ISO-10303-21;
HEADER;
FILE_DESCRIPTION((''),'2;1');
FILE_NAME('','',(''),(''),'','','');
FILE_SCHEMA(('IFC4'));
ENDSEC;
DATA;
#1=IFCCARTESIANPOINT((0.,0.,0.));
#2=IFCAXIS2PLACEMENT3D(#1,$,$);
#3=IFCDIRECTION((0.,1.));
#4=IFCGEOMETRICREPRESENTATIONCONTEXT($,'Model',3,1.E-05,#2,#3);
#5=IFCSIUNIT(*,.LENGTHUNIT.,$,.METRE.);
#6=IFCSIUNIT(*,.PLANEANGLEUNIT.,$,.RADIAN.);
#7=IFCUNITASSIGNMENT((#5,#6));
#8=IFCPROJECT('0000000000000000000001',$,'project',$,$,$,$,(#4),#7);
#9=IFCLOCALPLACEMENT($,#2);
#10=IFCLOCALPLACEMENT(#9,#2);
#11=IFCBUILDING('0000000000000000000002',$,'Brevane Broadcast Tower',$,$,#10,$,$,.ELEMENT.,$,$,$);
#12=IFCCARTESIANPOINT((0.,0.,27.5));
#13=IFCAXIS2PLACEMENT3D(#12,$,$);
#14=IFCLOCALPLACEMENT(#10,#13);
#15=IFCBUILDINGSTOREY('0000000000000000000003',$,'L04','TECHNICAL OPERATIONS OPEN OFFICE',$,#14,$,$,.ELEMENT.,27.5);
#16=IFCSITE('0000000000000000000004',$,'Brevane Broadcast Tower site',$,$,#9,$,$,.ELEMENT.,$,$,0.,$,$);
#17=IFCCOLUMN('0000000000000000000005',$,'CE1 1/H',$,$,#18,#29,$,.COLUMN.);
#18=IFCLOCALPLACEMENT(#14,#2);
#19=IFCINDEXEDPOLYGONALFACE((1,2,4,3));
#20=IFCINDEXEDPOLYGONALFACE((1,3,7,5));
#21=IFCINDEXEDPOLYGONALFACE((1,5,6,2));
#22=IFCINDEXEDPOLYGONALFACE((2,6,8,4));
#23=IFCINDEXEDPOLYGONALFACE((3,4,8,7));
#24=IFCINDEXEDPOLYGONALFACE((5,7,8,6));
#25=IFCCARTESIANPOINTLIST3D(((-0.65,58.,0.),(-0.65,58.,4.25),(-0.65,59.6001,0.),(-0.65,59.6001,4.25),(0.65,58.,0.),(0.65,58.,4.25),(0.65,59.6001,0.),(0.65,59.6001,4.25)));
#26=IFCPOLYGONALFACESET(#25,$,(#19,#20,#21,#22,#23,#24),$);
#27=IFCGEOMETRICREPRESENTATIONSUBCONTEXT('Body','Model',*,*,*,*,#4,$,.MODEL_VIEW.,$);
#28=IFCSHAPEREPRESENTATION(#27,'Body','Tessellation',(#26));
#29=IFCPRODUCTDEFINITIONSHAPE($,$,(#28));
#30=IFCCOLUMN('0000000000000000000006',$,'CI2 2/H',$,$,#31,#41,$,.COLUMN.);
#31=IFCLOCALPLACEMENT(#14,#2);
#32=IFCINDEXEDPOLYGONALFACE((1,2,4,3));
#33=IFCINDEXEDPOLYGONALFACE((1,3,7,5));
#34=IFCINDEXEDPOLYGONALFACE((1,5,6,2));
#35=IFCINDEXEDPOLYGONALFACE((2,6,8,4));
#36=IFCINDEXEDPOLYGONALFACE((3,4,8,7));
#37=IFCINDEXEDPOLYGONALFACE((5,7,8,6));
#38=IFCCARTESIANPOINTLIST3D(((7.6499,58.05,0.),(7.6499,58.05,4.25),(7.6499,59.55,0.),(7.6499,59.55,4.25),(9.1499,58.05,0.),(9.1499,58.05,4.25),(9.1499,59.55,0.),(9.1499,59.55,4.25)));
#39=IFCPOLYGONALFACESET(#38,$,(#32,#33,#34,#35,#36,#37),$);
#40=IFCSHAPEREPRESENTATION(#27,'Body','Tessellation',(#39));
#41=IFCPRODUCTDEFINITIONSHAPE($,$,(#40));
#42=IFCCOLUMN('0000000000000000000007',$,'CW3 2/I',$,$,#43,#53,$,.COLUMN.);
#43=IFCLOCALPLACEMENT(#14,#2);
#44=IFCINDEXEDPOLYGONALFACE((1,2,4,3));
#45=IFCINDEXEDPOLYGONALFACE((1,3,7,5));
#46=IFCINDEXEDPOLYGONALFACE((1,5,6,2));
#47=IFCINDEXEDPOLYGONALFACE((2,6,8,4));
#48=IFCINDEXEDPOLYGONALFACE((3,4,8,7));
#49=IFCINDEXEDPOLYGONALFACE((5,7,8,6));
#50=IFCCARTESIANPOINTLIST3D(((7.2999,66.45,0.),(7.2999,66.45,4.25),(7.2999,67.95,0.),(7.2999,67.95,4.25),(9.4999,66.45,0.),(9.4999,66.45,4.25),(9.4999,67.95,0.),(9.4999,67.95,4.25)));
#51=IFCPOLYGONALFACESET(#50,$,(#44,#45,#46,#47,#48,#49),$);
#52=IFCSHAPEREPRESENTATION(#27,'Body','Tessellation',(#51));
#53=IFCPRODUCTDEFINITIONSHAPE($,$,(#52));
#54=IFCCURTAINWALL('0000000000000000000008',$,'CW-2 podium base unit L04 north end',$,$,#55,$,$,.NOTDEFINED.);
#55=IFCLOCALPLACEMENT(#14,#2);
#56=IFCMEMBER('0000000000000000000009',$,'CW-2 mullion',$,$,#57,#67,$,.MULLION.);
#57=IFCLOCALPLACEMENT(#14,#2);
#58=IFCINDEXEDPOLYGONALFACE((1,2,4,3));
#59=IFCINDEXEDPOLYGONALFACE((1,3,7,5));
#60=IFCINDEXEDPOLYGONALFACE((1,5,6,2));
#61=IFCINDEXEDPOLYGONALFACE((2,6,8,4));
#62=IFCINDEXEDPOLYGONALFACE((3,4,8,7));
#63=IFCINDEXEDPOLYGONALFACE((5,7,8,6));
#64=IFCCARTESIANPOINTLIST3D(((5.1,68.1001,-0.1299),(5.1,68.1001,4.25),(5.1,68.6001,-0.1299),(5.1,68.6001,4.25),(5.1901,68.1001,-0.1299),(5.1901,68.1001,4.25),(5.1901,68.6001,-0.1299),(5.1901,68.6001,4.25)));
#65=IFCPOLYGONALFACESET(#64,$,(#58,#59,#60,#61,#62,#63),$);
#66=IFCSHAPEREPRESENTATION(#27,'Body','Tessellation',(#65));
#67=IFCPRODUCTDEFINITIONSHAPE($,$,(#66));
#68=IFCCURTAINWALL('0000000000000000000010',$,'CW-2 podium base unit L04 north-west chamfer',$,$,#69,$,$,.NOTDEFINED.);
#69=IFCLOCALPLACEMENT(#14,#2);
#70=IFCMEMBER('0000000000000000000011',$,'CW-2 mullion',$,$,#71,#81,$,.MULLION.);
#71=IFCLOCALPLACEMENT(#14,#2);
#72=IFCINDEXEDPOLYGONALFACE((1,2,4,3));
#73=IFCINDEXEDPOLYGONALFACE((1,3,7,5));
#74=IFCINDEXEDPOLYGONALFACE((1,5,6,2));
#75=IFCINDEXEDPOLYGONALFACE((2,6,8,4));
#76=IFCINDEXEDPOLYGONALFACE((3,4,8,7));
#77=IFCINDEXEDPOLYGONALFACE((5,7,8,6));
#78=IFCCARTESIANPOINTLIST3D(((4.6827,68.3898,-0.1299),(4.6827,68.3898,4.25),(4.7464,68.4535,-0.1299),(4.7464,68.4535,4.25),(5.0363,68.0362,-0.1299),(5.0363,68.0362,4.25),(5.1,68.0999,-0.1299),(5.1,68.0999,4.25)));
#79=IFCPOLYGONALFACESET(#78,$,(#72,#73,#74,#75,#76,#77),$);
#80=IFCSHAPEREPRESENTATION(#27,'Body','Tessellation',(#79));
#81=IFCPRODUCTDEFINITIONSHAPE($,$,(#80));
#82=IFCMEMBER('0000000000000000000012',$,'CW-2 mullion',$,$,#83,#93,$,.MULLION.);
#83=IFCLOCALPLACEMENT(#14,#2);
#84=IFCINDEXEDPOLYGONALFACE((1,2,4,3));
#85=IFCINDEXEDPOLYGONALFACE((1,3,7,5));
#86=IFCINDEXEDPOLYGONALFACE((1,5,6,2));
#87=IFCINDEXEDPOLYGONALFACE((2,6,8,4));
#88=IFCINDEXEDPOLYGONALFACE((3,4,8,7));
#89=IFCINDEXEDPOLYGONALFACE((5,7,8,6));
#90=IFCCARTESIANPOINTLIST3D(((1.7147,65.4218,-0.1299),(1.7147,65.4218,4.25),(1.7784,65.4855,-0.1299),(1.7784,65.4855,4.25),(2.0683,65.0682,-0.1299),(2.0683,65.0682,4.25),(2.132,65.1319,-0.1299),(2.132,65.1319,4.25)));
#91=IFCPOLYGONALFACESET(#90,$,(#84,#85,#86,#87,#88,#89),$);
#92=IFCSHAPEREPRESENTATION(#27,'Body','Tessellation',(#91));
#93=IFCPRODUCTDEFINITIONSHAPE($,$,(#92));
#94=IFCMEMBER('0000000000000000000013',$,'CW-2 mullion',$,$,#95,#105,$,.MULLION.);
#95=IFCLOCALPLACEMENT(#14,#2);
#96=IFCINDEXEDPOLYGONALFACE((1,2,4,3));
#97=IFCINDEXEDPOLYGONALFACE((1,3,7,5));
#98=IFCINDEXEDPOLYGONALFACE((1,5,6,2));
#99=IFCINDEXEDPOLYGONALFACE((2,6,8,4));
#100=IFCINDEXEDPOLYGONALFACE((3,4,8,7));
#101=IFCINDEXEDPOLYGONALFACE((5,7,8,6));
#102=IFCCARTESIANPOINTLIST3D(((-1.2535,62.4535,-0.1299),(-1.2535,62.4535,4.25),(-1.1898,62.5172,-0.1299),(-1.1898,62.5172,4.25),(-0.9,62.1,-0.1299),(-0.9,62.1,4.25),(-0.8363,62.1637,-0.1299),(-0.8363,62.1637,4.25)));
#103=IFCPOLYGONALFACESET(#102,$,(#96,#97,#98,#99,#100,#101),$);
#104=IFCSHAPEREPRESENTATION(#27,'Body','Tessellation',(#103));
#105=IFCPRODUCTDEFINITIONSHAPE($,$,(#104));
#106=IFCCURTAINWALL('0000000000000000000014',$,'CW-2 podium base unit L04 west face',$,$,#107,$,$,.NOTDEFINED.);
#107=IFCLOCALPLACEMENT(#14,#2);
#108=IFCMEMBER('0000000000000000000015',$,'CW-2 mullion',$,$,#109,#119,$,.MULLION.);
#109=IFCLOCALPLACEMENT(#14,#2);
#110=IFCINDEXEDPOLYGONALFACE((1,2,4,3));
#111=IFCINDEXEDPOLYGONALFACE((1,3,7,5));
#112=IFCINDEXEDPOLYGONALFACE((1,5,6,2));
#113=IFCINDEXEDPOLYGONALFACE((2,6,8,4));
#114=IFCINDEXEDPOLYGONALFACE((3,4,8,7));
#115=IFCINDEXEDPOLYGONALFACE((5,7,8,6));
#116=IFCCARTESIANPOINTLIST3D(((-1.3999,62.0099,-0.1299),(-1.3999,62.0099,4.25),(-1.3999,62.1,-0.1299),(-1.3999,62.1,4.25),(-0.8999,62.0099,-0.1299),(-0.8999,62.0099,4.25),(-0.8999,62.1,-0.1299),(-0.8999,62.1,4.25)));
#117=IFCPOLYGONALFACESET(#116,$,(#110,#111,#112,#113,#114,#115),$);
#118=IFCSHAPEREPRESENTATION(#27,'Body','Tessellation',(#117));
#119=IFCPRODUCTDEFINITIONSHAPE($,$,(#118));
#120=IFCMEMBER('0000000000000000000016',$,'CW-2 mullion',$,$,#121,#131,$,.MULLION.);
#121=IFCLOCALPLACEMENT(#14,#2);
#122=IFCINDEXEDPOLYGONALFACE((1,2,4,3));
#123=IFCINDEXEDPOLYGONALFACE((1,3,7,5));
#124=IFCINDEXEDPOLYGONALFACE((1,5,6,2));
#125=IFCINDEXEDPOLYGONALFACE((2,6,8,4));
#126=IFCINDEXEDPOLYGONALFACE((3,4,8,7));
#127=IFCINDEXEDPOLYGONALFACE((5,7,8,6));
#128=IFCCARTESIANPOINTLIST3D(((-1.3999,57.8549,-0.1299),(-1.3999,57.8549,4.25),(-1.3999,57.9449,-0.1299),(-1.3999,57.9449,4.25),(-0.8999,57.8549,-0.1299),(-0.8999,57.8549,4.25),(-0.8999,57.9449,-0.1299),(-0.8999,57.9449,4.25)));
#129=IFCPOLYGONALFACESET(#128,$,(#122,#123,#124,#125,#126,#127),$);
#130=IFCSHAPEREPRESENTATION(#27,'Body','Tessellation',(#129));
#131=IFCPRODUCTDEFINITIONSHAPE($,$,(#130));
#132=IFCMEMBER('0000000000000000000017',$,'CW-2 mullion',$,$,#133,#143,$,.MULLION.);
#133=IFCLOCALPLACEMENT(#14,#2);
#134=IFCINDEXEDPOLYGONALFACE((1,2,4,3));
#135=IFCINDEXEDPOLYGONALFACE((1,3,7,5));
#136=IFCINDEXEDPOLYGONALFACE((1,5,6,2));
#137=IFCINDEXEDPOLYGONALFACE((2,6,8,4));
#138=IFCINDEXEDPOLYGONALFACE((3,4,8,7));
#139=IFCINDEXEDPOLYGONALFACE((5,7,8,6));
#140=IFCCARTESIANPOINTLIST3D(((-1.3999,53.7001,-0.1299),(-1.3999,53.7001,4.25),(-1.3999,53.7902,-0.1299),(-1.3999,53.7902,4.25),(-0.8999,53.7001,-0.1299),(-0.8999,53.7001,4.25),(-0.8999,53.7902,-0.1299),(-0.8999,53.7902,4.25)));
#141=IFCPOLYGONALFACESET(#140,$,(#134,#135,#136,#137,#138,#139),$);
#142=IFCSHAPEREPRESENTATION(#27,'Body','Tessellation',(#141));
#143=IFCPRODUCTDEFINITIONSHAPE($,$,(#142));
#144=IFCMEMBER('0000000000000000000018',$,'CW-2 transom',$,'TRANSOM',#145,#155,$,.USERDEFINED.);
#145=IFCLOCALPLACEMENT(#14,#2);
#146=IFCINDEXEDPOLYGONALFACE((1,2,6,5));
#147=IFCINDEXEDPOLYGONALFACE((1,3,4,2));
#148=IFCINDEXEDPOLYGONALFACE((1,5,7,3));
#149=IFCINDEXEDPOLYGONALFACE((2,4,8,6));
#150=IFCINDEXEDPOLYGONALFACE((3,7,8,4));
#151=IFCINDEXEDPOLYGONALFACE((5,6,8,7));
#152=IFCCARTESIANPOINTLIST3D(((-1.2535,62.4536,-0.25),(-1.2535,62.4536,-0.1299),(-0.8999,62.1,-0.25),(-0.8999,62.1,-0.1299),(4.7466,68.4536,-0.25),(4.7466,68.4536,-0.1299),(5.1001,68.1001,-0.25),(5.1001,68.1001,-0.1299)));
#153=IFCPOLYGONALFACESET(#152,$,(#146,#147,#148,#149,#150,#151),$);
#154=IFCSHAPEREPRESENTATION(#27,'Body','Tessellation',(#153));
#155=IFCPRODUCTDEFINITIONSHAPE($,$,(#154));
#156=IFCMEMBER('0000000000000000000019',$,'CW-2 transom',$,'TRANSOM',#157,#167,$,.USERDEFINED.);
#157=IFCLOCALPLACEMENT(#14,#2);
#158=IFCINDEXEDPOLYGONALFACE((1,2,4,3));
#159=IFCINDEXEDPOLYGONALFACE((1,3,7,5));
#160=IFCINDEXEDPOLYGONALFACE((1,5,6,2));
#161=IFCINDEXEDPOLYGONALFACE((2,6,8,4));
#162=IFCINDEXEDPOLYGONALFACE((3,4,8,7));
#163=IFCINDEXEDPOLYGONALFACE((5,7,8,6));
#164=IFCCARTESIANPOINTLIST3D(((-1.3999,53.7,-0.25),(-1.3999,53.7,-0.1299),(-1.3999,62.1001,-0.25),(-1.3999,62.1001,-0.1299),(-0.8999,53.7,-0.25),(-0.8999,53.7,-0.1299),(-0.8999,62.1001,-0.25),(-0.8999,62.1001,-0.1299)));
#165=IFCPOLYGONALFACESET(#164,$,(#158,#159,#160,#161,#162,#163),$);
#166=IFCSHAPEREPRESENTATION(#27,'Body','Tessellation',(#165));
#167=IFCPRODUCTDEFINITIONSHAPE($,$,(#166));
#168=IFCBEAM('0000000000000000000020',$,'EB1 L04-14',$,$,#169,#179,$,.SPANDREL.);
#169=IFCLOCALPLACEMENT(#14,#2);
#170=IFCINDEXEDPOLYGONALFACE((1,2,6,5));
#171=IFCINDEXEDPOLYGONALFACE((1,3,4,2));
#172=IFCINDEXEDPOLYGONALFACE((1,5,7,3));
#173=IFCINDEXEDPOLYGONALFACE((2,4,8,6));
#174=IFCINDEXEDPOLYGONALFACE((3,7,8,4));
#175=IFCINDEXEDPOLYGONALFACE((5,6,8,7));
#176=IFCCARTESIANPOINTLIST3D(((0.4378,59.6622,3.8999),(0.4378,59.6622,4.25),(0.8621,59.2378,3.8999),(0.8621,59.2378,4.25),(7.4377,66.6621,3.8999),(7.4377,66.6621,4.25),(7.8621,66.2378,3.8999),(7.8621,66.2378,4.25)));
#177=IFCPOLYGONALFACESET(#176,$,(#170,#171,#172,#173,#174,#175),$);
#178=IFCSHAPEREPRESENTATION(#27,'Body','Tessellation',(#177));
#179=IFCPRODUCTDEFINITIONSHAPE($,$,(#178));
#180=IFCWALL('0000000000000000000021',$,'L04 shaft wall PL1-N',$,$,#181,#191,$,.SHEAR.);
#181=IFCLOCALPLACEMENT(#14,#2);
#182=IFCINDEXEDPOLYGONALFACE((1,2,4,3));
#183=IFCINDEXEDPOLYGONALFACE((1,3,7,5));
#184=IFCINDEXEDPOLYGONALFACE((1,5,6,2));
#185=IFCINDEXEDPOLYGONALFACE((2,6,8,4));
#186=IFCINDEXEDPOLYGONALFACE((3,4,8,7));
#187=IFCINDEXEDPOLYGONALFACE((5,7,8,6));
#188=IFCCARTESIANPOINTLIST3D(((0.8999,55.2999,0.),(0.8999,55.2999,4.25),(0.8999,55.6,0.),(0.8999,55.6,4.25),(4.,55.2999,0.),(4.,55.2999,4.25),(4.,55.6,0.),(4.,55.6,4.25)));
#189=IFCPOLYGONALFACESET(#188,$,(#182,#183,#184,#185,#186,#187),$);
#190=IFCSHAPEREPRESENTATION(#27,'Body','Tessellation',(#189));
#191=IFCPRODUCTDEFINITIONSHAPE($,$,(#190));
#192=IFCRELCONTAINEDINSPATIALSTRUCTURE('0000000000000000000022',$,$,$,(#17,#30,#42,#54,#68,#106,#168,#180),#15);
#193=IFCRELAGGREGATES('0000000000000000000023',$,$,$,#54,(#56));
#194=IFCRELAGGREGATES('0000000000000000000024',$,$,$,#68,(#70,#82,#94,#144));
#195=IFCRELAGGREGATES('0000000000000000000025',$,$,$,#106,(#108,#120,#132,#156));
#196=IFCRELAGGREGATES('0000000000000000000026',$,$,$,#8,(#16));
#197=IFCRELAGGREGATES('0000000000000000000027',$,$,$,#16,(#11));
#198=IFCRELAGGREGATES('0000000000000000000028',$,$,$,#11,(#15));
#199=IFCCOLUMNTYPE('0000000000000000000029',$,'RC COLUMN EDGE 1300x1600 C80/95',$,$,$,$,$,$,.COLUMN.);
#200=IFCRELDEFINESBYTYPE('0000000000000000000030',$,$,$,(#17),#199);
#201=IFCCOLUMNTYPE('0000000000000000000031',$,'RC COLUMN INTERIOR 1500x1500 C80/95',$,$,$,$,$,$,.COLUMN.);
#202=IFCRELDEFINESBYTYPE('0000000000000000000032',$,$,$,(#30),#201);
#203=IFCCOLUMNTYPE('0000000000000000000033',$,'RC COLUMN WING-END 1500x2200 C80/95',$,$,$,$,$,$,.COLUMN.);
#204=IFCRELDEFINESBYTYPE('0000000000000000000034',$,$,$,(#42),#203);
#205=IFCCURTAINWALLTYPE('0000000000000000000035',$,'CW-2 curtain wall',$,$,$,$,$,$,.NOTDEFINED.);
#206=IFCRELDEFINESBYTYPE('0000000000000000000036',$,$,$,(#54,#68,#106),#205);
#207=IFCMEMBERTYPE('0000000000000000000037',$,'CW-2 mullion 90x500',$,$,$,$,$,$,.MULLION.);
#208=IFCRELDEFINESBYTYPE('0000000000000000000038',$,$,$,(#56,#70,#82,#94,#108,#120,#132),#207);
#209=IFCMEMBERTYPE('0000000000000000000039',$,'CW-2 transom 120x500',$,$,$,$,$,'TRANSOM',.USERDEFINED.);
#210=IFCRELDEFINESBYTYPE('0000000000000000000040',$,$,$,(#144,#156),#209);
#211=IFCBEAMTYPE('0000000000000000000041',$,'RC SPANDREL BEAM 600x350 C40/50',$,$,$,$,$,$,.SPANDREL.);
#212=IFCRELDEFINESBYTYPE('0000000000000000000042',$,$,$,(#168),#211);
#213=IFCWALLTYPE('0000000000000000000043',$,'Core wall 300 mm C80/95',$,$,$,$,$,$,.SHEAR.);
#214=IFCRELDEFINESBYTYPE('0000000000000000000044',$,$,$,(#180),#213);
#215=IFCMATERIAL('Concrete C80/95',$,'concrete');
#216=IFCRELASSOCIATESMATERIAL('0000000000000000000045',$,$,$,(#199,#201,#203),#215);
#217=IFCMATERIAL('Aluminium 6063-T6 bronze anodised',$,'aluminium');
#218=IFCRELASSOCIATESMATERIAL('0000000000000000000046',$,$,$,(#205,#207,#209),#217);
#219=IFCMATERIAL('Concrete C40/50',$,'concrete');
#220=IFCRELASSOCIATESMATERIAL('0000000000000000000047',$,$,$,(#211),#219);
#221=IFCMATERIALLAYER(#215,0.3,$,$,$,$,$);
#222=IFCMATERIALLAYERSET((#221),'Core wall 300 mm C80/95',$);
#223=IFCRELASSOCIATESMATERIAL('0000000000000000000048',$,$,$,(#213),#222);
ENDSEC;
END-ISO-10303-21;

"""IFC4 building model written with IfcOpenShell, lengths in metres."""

from ifc_helpers import new_model, si_unit, direction, frame, frame_2d, origin, origin_2d, place, context, subcontext, project, spatial, rectangle, extrude, material, layer, layer_set, material_profile, profile_set, type_object, element, aggregate, save


model = new_model("IFC4")

# Units and contexts
model_context = context("Model", 3, precision=1e-05, world=origin(), true_north=direction((0.0, 1.0)))
body_context = subcontext(model_context, "Body", "Model", "MODEL_VIEW")
ifc_project = project(units=[si_unit("LENGTHUNIT", "METRE"), si_unit("PLANEANGLEUNIT", "RADIAN")], contexts=[model_context])

# Site, building, storey
site_placement = place(None, origin())
site = spatial("IfcSite", under=ifc_project, at=site_placement, Name="Brevane Broadcast Tower site", CompositionType="ELEMENT", RefElevation=0.0)
building_placement = place(site_placement, origin())
building = spatial("IfcBuilding", under=site, at=building_placement, Name="Brevane Broadcast Tower", CompositionType="ELEMENT")
storey_placement = place(building_placement, frame((0.0, 0.0, 27.5)))
storey = spatial("IfcBuildingStorey", under=building, at=storey_placement, Name="L04", Description="TECHNICAL OPERATIONS OPEN OFFICE", CompositionType="ELEMENT", Elevation=27.5)

# Columns
ifc_material_1 = material(Name="Concrete C80/95", Category="concrete")
ifc_material_profile_1 = material_profile(ifc_material_1, rectangle(XDim=1.3, YDim=1.6001, at=origin_2d()), Name="RC 1300x1600")
ifc_profile_set_1 = profile_set([ifc_material_profile_1], Name="Concrete C80/95")
column_type_1 = type_object("IfcColumnType", Name="RC COLUMN EDGE 1300x1600 C80/95", PredefinedType="COLUMN", material=ifc_profile_set_1)
column_1_placement = place(storey_placement, frame((0.0, 58.8, 0.0), z_axis=(0.0, 0.0, 1.0), x_axis=(1.0, 0.0, 0.0)))
element("IfcColumn", 1, at=column_1_placement, inside=storey, type_object=column_type_1, Name="CE1 1/H", PredefinedType="COLUMN", context=body_context, shape_type="SweptSolid", body=[
    extrude(rectangle(XDim=1.3, YDim=1.6001, at=origin_2d()), origin(), (0.0, 0.0, 1.0), 4.25),
])
ifc_material_profile_2 = material_profile(ifc_material_1, rectangle(XDim=1.5, YDim=1.5, at=origin_2d()), Name="RC 1500x1500")
ifc_profile_set_2 = profile_set([ifc_material_profile_2], Name="Concrete C80/95")
column_type_2 = type_object("IfcColumnType", Name="RC COLUMN INTERIOR 1500x1500 C80/95", PredefinedType="COLUMN", material=ifc_profile_set_2)
column_2_placement = place(storey_placement, frame((8.3999, 58.8, 0.0), z_axis=(0.0, 0.0, 1.0), x_axis=(1.0, 0.0, 0.0)))
element("IfcColumn", 2, at=column_2_placement, inside=storey, type_object=column_type_2, Name="CI2 2/H", PredefinedType="COLUMN", context=body_context, shape_type="SweptSolid", body=[
    extrude(rectangle(XDim=1.5, YDim=1.5, at=origin_2d()), origin(), (0.0, 0.0, 1.0), 4.25),
])
ifc_material_profile_3 = material_profile(ifc_material_1, rectangle(XDim=1.5, YDim=2.2, at=origin_2d()), Name="RC 1500x2200")
ifc_profile_set_3 = profile_set([ifc_material_profile_3], Name="Concrete C80/95")
column_type_3 = type_object("IfcColumnType", Name="RC COLUMN WING-END 1500x2200 C80/95", PredefinedType="COLUMN", material=ifc_profile_set_3)
column_3_placement = place(storey_placement, frame((8.3999, 67.2, 0.0), z_axis=(0.0, 0.0, 1.0), x_axis=(0.0, 1.0, 0.0)))
element("IfcColumn", 3, at=column_3_placement, inside=storey, type_object=column_type_3, Name="CW3 2/I", PredefinedType="COLUMN", context=body_context, shape_type="SweptSolid", body=[
    extrude(rectangle(XDim=1.5, YDim=2.2, at=origin_2d()), origin(), (0.0, 0.0, 1.0), 4.25),
])

# Curtain wall, member
ifc_material_2 = material(Name="Aluminium 6063-T6 bronze anodised", Category="aluminium")
curtain_wall_type = type_object("IfcCurtainWallType", Name="CW-2 curtain wall", PredefinedType="NOTDEFINED", material=ifc_material_2)
curtain_wall_1_placement = place(storey_placement, origin())
curtain_wall_1 = element("IfcCurtainWall", 4, at=curtain_wall_1_placement, inside=storey, type_object=curtain_wall_type, Name="CW-2 podium base unit L04 north end", PredefinedType="NOTDEFINED")
ifc_material_profile_4 = material_profile(ifc_material_2, rectangle(XDim=0.5, YDim=0.0901, at=origin_2d()), Name="RECT 90x500")
ifc_profile_set_4 = profile_set([ifc_material_profile_4], Name="Aluminium 6063-T6 bronze anodised")
member_type_1 = type_object("IfcMemberType", Name="CW-2 mullion 90x500", PredefinedType="MULLION", material=ifc_profile_set_4)
member_1_placement = place(storey_placement, frame((5.145, 68.3501, -0.1299), z_axis=(0.0, 0.0, 1.0), x_axis=(0.0, -1.0, 0.0)))
member_1 = element("IfcMember", 5, at=member_1_placement, type_object=member_type_1, Name="CW-2 mullion", PredefinedType="MULLION", context=body_context, shape_type="SweptSolid", body=[
    extrude(rectangle(XDim=0.5, YDim=0.0901, at=origin_2d()), origin(), (0.0, 0.0, 1.0), 4.3799),
])
aggregate(curtain_wall_1, [member_1])

# Curtain walls, members
curtain_wall_2_placement = place(storey_placement, origin())
curtain_wall_2 = element("IfcCurtainWall", 6, at=curtain_wall_2_placement, inside=storey, type_object=curtain_wall_type, Name="CW-2 podium base unit L04 north-west chamfer", PredefinedType="NOTDEFINED")
member_2_placement = place(storey_placement, frame((4.8914, 68.2449, -0.1299), z_axis=(0.0, 0.0, 1.0), x_axis=(0.707107, -0.707107, 0.0)))
member_2 = element("IfcMember", 7, at=member_2_placement, type_object=member_type_1, Name="CW-2 mullion", PredefinedType="MULLION", context=body_context, shape_type="SweptSolid", body=[
    extrude(rectangle(XDim=0.5, YDim=0.0901, at=origin_2d()), origin(), (0.0, 0.0, 1.0), 4.3799),
])
member_3_placement = place(storey_placement, frame((1.9233, 65.2769, -0.1299), z_axis=(0.0, 0.0, 1.0), x_axis=(0.707107, -0.707107, 0.0)))
member_3 = element("IfcMember", 8, at=member_3_placement, type_object=member_type_1, Name="CW-2 mullion", PredefinedType="MULLION", context=body_context, shape_type="SweptSolid", body=[
    extrude(rectangle(XDim=0.5, YDim=0.0901, at=origin_2d()), origin(), (0.0, 0.0, 1.0), 4.3799),
])
member_4_placement = place(storey_placement, frame((-1.0449, 62.3086, -0.1299), z_axis=(0.0, 0.0, 1.0), x_axis=(0.707107, -0.707107, 0.0)))
member_4 = element("IfcMember", 9, at=member_4_placement, type_object=member_type_1, Name="CW-2 mullion", PredefinedType="MULLION", context=body_context, shape_type="SweptSolid", body=[
    extrude(rectangle(XDim=0.5, YDim=0.0901, at=origin_2d()), origin(), (0.0, 0.0, 1.0), 4.3799),
])
curtain_wall_3_placement = place(storey_placement, origin())
curtain_wall_3 = element("IfcCurtainWall", 10, at=curtain_wall_3_placement, inside=storey, type_object=curtain_wall_type, Name="CW-2 podium base unit L04 west face", PredefinedType="NOTDEFINED")
member_5_placement = place(storey_placement, frame((-1.1499, 62.0549, -0.1299), z_axis=(0.0, 0.0, 1.0), x_axis=(1.0, 0.0, 0.0)))
member_5 = element("IfcMember", 11, at=member_5_placement, type_object=member_type_1, Name="CW-2 mullion", PredefinedType="MULLION", context=body_context, shape_type="SweptSolid", body=[
    extrude(rectangle(XDim=0.5, YDim=0.0901, at=origin_2d()), origin(), (0.0, 0.0, 1.0), 4.3799),
])
member_6_placement = place(storey_placement, frame((-1.1499, 57.8999, -0.1299), z_axis=(0.0, 0.0, 1.0), x_axis=(1.0, 0.0, 0.0)))
member_6 = element("IfcMember", 12, at=member_6_placement, type_object=member_type_1, Name="CW-2 mullion", PredefinedType="MULLION", context=body_context, shape_type="SweptSolid", body=[
    extrude(rectangle(XDim=0.5, YDim=0.0901, at=origin_2d()), origin(), (0.0, 0.0, 1.0), 4.3799),
])
member_7_placement = place(storey_placement, frame((-1.1499, 53.7451, -0.1299), z_axis=(0.0, 0.0, 1.0), x_axis=(1.0, 0.0, 0.0)))
member_7 = element("IfcMember", 13, at=member_7_placement, type_object=member_type_1, Name="CW-2 mullion", PredefinedType="MULLION", context=body_context, shape_type="SweptSolid", body=[
    extrude(rectangle(XDim=0.5, YDim=0.0901, at=origin_2d()), origin(), (0.0, 0.0, 1.0), 4.3799),
])

# Members
ifc_material_profile_5 = material_profile(ifc_material_2, rectangle(XDim=0.5, YDim=0.1201, at=origin_2d()), Name="RECT 120x500")
ifc_profile_set_5 = profile_set([ifc_material_profile_5], Name="Aluminium 6063-T6 bronze anodised")
member_type_2 = type_object("IfcMemberType", Name="CW-2 transom 120x500", ElementType="TRANSOM", PredefinedType="USERDEFINED", material=ifc_profile_set_5)
member_8_placement = place(storey_placement, frame((4.9233, 68.2769, -0.1899), z_axis=(-0.707107, -0.707107, 0.0), x_axis=(0.707107, -0.707107, 0.0)))
member_8 = element("IfcMember", 14, at=member_8_placement, type_object=member_type_2, Name="CW-2 transom", ObjectType="TRANSOM", PredefinedType="USERDEFINED", context=body_context, shape_type="SweptSolid", body=[
    extrude(rectangle(XDim=0.5, YDim=0.1201, at=origin_2d()), origin(), (0.0, 0.0, 1.0), 8.4854),
])
aggregate(curtain_wall_2, [member_2, member_3, member_4, member_8])
member_9_placement = place(storey_placement, frame((-1.1499, 62.1001, -0.1899), z_axis=(0.0, -1.0, 0.0), x_axis=(1.0, 0.0, 0.0)))
member_9 = element("IfcMember", 15, at=member_9_placement, type_object=member_type_2, Name="CW-2 transom", ObjectType="TRANSOM", PredefinedType="USERDEFINED", context=body_context, shape_type="SweptSolid", body=[
    extrude(rectangle(XDim=0.5, YDim=0.1201, at=origin_2d()), origin(), (0.0, 0.0, 1.0), 8.4001),
])
aggregate(curtain_wall_3, [member_5, member_6, member_7, member_9])

# Beam
ifc_material_3 = material(Name="Concrete C40/50", Category="concrete")
ifc_material_profile_6 = material_profile(ifc_material_3, rectangle(XDim=0.6001, YDim=0.3501, at=origin_2d()), Name="RC 600x350")
ifc_profile_set_6 = profile_set([ifc_material_profile_6], Name="Concrete C40/50")
beam_type = type_object("IfcBeamType", Name="RC SPANDREL BEAM 600x350 C40/50", PredefinedType="SPANDREL", material=ifc_profile_set_6)
beam_placement = place(storey_placement, frame((7.6499, 66.45, 4.075), z_axis=(-0.707107, -0.707107, 0.0), x_axis=(0.707107, -0.707107, 0.0)))
element("IfcBeam", 16, at=beam_placement, inside=storey, type_object=beam_type, Name="EB1 L04-14", PredefinedType="SPANDREL", context=body_context, shape_type="SweptSolid", body=[
    extrude(rectangle(XDim=0.6001, YDim=0.3501, at=origin_2d()), origin(), (0.0, 0.0, 1.0), 9.8994),
])

# Wall
ifc_layer_1 = layer(ifc_material_1, 0.3)
ifc_layer_set_1 = layer_set([ifc_layer_1], Name="Core wall 300 mm C80/95")
wall_type_1 = type_object("IfcWallType", Name="Core wall 300 mm C80/95", PredefinedType="SHEAR", material=ifc_layer_set_1)
wall_1_placement = place(storey_placement, frame((0.8999, 55.45, 0.0), z_axis=(0.0, 0.0, 1.0), x_axis=(1.0, 0.0, 0.0)))
element("IfcWall", 17, at=wall_1_placement, inside=storey, type_object=wall_type_1, Name="L04 shaft wall PL1-N", PredefinedType="SHEAR", context=body_context, shape_type="SweptSolid", body=[
    extrude(rectangle(XDim=3.1001, YDim=0.3, at=frame_2d((1.55, 0.0))), origin(), (0.0, 0.0, 1.0), 4.25),
])

save(model, "model.ifc")
